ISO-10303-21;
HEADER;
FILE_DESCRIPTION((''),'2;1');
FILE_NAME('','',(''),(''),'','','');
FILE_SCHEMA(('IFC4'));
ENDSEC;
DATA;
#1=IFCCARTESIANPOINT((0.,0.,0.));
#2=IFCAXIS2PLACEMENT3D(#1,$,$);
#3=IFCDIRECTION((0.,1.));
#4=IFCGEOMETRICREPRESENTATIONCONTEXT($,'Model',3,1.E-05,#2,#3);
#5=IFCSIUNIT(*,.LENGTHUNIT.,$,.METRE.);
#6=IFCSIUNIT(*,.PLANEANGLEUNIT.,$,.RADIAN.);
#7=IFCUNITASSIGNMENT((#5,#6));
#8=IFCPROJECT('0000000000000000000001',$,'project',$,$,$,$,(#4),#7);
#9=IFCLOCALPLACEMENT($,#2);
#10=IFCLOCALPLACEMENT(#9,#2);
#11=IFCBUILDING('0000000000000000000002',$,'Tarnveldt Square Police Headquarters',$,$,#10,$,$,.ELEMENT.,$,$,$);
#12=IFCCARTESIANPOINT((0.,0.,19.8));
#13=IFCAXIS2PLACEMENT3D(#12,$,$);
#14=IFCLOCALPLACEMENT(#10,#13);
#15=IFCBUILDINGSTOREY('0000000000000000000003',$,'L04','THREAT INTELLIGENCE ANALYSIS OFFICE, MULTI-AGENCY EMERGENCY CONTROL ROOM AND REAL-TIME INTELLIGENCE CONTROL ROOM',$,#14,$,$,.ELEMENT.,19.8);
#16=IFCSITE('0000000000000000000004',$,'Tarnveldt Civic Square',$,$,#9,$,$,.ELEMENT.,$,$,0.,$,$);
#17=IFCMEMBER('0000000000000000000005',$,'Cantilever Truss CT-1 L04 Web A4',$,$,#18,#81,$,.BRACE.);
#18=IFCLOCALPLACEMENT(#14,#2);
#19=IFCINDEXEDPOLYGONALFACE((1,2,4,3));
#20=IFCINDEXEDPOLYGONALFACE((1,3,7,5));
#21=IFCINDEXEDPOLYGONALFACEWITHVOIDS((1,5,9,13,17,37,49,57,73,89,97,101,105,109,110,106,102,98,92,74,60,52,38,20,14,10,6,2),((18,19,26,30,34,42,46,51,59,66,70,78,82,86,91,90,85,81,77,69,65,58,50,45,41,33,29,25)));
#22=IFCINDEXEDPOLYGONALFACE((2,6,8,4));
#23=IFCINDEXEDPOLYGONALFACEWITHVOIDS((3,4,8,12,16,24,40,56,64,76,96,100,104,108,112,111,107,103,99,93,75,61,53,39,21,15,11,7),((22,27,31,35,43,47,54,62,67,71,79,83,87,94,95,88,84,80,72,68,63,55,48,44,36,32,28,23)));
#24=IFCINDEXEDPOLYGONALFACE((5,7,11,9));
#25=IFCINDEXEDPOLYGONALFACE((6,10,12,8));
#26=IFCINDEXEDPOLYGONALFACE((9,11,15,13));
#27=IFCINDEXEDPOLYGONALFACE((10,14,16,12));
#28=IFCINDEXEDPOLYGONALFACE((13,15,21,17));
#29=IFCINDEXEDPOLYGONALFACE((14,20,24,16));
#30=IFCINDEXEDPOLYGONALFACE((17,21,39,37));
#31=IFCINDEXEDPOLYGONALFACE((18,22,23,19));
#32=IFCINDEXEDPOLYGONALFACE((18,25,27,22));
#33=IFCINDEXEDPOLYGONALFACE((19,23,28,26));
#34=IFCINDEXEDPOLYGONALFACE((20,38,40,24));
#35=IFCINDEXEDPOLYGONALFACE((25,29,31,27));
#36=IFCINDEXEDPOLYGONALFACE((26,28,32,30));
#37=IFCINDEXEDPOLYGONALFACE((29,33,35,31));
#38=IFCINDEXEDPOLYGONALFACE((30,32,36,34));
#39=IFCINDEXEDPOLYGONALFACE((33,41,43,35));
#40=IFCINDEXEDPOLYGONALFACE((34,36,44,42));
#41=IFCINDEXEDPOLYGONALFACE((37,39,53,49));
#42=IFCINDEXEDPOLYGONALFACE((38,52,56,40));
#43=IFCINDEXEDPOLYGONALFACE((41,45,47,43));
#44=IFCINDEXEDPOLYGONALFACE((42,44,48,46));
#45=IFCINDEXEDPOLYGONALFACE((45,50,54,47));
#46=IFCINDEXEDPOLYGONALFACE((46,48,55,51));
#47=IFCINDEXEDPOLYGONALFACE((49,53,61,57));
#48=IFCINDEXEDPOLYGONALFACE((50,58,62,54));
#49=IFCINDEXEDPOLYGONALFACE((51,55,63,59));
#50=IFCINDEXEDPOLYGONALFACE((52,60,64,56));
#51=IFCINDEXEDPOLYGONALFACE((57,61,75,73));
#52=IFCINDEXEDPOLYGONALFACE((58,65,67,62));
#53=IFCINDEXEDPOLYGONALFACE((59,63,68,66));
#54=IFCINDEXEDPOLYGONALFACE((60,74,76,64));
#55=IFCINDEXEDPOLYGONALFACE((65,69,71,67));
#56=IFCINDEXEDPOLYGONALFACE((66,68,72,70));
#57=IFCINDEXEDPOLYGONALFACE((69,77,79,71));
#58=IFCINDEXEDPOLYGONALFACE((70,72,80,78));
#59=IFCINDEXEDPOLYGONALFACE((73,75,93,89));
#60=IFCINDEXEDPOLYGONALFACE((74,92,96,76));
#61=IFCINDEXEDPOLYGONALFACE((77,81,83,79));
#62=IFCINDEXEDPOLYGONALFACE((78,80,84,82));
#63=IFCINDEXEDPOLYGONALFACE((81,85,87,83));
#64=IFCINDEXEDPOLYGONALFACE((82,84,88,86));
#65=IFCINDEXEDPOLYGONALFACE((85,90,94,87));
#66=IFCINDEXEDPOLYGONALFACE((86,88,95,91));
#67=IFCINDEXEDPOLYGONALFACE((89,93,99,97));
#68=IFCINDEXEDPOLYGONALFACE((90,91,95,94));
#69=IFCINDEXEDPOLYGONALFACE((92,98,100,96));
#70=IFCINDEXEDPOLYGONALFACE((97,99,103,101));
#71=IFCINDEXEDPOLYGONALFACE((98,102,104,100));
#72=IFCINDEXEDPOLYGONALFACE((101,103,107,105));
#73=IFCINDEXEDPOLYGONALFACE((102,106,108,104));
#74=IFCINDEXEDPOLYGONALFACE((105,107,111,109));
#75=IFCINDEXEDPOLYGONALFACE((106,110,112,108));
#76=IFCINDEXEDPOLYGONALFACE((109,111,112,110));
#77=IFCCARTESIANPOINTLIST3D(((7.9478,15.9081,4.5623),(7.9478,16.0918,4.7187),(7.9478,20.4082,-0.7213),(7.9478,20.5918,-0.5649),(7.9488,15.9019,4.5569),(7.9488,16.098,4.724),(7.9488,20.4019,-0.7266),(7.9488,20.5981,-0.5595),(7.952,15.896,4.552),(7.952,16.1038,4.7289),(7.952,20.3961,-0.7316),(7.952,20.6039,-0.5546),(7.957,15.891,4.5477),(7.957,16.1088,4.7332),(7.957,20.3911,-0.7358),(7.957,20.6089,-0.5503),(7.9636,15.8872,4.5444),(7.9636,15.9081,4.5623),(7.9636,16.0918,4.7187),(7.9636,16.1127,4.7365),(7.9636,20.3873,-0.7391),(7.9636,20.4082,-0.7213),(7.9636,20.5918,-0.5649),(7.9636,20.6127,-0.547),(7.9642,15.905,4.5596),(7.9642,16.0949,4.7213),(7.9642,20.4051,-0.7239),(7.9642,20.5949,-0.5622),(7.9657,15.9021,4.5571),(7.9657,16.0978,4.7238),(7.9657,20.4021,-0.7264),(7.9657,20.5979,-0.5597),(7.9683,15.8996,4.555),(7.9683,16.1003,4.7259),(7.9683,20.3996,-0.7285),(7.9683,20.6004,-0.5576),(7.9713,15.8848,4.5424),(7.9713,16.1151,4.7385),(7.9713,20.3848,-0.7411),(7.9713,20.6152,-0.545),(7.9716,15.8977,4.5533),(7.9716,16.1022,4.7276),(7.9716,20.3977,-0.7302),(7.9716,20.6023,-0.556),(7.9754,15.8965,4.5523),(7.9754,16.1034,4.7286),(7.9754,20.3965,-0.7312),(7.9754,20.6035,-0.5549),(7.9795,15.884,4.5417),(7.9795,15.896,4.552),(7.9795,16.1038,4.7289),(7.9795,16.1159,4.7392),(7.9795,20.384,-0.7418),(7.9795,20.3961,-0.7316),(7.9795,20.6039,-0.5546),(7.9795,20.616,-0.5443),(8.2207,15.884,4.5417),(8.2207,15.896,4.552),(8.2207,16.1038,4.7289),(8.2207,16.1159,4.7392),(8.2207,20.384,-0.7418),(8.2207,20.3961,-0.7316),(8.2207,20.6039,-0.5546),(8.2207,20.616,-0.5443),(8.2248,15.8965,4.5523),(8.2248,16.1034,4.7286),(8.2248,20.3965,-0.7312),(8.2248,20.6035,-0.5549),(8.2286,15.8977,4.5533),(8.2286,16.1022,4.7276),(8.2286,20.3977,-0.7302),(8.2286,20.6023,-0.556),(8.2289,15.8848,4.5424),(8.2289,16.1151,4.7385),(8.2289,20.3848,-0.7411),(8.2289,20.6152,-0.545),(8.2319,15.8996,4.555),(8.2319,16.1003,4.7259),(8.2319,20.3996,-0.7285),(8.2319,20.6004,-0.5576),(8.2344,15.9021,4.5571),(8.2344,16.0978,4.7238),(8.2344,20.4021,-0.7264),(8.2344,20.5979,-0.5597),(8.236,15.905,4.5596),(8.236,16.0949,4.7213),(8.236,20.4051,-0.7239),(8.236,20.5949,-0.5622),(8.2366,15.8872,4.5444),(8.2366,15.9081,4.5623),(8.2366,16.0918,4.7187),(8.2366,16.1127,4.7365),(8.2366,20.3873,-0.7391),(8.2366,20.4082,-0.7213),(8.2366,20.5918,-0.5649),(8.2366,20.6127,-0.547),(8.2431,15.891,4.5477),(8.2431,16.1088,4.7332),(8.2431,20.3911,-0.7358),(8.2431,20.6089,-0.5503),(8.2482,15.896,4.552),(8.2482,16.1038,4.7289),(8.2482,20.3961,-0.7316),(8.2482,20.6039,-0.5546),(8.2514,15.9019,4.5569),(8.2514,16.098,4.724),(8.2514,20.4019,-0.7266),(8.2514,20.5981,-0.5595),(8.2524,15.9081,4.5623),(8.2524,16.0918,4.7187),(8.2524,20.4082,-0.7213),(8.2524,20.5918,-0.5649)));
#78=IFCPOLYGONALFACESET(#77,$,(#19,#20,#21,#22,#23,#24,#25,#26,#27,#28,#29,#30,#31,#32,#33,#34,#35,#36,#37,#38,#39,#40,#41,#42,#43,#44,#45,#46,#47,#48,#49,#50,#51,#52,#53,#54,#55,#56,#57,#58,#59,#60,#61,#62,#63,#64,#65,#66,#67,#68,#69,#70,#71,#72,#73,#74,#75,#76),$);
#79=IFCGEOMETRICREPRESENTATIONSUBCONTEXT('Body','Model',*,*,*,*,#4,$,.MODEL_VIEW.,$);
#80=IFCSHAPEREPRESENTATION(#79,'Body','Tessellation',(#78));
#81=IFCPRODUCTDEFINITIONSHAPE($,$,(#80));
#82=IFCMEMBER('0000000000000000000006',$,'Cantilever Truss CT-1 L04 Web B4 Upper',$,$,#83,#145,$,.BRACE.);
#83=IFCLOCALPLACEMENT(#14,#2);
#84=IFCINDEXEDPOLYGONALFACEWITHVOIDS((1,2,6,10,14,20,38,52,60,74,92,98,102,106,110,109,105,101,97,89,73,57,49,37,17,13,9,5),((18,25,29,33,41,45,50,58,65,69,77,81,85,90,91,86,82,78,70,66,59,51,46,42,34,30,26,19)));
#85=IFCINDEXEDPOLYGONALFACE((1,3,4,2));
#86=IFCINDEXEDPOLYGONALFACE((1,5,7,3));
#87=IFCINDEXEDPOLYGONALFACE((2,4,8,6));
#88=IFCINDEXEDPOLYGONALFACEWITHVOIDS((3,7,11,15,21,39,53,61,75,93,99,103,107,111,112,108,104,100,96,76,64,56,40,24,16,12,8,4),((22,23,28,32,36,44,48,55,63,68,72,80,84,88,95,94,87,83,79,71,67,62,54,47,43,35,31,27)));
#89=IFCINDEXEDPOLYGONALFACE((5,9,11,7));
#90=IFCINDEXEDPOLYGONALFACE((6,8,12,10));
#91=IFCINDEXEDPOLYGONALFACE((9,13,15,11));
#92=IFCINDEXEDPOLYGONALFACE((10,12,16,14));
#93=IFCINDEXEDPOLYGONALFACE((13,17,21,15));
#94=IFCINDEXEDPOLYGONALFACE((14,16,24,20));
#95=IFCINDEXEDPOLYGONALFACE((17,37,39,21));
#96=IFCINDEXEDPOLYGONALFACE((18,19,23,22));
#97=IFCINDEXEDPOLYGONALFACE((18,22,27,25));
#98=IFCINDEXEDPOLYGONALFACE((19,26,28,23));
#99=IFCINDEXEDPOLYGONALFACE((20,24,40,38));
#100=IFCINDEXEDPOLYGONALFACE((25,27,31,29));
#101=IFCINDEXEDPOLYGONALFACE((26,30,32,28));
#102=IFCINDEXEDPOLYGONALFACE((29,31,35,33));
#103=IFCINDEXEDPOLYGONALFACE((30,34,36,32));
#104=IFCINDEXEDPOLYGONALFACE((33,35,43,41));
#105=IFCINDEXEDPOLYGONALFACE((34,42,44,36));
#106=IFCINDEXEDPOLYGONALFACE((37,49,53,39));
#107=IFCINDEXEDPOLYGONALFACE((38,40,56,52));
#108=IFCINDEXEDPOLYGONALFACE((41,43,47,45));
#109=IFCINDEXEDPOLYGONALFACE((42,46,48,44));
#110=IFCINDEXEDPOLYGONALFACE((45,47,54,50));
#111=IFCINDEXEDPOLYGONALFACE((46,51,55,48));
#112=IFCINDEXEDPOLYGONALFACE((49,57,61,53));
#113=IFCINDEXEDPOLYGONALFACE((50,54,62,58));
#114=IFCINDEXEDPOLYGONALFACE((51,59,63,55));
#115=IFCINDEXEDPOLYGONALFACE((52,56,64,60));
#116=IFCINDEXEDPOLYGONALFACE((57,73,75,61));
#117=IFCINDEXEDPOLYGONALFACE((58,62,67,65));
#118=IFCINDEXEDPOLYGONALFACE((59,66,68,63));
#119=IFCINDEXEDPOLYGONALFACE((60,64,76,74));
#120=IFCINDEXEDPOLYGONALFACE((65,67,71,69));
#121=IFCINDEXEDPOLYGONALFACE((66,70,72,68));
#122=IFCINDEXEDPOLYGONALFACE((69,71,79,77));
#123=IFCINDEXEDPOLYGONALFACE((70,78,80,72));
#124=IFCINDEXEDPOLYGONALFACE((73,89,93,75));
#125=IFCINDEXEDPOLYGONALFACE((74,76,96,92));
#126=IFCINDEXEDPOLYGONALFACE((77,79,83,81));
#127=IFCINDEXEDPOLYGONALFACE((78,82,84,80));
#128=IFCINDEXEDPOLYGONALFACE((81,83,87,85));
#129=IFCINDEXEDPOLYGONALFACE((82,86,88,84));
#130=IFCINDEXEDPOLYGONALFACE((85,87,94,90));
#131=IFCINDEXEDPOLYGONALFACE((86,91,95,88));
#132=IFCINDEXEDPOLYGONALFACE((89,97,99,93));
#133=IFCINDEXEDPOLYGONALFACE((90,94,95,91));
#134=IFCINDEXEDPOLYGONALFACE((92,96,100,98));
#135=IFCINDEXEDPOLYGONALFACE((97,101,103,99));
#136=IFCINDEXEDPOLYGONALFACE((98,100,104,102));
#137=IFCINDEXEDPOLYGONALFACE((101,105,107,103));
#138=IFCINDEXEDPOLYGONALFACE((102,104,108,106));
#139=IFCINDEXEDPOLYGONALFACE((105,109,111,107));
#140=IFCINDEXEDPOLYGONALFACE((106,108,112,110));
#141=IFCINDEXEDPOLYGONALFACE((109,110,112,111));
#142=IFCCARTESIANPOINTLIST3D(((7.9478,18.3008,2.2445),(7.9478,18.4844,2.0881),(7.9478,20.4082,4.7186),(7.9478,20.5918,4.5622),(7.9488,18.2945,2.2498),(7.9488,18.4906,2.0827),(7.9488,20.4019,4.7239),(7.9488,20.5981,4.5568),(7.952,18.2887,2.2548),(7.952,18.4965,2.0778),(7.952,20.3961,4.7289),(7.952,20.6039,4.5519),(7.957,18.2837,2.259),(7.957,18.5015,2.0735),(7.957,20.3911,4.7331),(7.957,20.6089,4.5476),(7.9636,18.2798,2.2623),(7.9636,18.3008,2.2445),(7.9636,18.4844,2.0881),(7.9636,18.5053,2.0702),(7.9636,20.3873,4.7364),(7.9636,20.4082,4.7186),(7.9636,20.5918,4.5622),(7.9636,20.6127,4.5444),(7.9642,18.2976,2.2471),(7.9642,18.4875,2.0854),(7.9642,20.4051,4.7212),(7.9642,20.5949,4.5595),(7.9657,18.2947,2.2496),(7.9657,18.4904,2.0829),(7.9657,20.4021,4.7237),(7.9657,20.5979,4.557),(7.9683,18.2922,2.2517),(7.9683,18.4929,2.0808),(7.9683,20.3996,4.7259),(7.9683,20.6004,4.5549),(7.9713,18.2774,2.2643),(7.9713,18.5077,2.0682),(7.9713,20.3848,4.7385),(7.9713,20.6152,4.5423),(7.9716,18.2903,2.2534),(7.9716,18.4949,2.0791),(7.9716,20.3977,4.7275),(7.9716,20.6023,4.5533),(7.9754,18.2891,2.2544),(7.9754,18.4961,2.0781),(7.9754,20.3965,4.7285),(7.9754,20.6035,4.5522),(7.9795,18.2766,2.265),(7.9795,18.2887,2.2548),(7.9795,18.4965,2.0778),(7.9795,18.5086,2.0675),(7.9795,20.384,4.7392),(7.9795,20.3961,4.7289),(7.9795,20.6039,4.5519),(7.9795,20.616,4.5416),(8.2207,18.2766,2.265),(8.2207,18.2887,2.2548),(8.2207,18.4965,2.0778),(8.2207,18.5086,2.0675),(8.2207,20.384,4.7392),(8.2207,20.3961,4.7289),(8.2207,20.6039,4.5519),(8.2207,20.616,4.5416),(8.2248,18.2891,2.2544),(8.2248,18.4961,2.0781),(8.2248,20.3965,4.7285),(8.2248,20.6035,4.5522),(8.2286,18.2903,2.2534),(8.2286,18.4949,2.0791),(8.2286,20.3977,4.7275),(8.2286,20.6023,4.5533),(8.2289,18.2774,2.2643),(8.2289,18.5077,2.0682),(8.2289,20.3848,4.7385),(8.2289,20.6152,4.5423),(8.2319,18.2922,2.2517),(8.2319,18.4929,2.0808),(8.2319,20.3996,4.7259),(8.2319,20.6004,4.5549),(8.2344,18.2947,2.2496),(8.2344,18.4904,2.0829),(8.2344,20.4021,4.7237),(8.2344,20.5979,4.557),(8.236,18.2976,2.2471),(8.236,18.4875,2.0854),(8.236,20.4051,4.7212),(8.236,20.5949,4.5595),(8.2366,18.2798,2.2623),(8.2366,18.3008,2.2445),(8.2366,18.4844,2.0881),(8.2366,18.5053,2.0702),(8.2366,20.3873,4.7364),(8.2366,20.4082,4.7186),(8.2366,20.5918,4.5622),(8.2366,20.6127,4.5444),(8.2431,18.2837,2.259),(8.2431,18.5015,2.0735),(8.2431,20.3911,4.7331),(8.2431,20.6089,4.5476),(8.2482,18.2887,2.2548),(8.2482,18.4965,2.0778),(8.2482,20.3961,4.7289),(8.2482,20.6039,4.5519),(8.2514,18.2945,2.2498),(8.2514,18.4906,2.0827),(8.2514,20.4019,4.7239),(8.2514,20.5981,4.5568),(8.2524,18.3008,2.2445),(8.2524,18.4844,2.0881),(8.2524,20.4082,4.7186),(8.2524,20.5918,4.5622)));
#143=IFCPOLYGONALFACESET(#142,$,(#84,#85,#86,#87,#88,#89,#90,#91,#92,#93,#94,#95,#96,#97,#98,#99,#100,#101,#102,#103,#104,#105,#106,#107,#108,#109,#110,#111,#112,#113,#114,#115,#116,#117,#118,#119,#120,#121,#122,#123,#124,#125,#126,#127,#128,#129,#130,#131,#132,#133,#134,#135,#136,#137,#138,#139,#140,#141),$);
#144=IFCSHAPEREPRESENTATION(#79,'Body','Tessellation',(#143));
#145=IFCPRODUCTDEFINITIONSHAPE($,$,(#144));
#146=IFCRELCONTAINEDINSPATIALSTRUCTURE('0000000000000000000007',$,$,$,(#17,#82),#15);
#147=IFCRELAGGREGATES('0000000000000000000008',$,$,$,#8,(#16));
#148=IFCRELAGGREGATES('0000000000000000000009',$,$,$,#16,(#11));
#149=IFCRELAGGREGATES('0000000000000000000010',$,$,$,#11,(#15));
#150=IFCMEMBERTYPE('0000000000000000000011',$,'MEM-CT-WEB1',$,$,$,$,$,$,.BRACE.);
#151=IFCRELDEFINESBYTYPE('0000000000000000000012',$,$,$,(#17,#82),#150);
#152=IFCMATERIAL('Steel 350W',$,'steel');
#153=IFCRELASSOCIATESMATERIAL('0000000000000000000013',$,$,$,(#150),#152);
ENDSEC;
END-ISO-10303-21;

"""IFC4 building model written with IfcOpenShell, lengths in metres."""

from ifc_helpers import new_model, si_unit, direction, frame, origin, origin_2d, place, context, subcontext, project, spatial, hollow_rectangle, extrude, material, material_profile, profile_set, type_object, element, save


model = new_model("IFC4")

# Units and contexts
model_context = context("Model", 3, precision=1e-05, world=origin(), true_north=direction((0.0, 1.0)))
body_context = subcontext(model_context, "Body", "Model", "MODEL_VIEW")
ifc_project = project(units=[si_unit("LENGTHUNIT", "METRE"), si_unit("PLANEANGLEUNIT", "RADIAN")], contexts=[model_context])

# Site, building, storey
site_placement = place(None, origin())
site = spatial("IfcSite", under=ifc_project, at=site_placement, Name="Tarnveldt Civic Square", CompositionType="ELEMENT", RefElevation=0.0)
building_placement = place(site_placement, origin())
building = spatial("IfcBuilding", under=site, at=building_placement, Name="Tarnveldt Square Police Headquarters", CompositionType="ELEMENT")
storey_placement = place(building_placement, frame((0.0, 0.0, 19.8)))
storey = spatial("IfcBuildingStorey", under=building, at=storey_placement, Name="L04", Description="THREAT INTELLIGENCE ANALYSIS OFFICE, MULTI-AGENCY EMERGENCY CONTROL ROOM AND REAL-TIME INTELLIGENCE CONTROL ROOM", CompositionType="ELEMENT", Elevation=19.8)

# Shared definitions
ifc_material_1 = material(Name="Steel 350W", Category="steel")

# Members
ifc_material_profile_1 = material_profile(ifc_material_1, hollow_rectangle(XDim=0.3047, YDim=0.3047, WallThickness=0.0159, InnerFilletRadius=0.0159, OuterFilletRadius=0.0317, at=origin_2d()), Name="HSS305x305x16")
ifc_profile_set_1 = profile_set([ifc_material_profile_1], Name="Steel 350W")
member_type_1 = type_object("IfcMemberType", Name="MEM-CT-WEB1", PredefinedType="BRACE", material=ifc_profile_set_1)
member_1_placement = place(storey_placement, frame((8.1001, 20.5, -0.6431), z_axis=(0.0, -0.648407, 0.761294), x_axis=(1.0, 0.0, 0.0)))
element("IfcMember", 1, at=member_1_placement, inside=storey, type_object=member_type_1, Name="Cantilever Truss CT-1 L04 Web A4", PredefinedType="BRACE", context=body_context, shape_type="SweptSolid", body=[
    extrude(hollow_rectangle(XDim=0.3047, YDim=0.3047, WallThickness=0.0159, InnerFilletRadius=0.0159, OuterFilletRadius=0.0317, at=origin_2d()), origin(), (0.0, 0.0, 1.0), 6.9402),
])
member_2_placement = place(storey_placement, frame((8.1001, 18.3926, 2.1663), z_axis=(0.0, 0.648437, 0.761268), x_axis=(-1.0, 0.0, 0.0)))
element("IfcMember", 2, at=member_2_placement, inside=storey, type_object=member_type_1, Name="Cantilever Truss CT-1 L04 Web B4 Upper", PredefinedType="BRACE", context=body_context, shape_type="SweptSolid", body=[
    extrude(hollow_rectangle(XDim=0.3047, YDim=0.3047, WallThickness=0.0159, InnerFilletRadius=0.0159, OuterFilletRadius=0.0317, at=origin_2d()), origin(), (0.0, 0.0, 1.0), 3.25),
])

save(model, "model.ifc")
